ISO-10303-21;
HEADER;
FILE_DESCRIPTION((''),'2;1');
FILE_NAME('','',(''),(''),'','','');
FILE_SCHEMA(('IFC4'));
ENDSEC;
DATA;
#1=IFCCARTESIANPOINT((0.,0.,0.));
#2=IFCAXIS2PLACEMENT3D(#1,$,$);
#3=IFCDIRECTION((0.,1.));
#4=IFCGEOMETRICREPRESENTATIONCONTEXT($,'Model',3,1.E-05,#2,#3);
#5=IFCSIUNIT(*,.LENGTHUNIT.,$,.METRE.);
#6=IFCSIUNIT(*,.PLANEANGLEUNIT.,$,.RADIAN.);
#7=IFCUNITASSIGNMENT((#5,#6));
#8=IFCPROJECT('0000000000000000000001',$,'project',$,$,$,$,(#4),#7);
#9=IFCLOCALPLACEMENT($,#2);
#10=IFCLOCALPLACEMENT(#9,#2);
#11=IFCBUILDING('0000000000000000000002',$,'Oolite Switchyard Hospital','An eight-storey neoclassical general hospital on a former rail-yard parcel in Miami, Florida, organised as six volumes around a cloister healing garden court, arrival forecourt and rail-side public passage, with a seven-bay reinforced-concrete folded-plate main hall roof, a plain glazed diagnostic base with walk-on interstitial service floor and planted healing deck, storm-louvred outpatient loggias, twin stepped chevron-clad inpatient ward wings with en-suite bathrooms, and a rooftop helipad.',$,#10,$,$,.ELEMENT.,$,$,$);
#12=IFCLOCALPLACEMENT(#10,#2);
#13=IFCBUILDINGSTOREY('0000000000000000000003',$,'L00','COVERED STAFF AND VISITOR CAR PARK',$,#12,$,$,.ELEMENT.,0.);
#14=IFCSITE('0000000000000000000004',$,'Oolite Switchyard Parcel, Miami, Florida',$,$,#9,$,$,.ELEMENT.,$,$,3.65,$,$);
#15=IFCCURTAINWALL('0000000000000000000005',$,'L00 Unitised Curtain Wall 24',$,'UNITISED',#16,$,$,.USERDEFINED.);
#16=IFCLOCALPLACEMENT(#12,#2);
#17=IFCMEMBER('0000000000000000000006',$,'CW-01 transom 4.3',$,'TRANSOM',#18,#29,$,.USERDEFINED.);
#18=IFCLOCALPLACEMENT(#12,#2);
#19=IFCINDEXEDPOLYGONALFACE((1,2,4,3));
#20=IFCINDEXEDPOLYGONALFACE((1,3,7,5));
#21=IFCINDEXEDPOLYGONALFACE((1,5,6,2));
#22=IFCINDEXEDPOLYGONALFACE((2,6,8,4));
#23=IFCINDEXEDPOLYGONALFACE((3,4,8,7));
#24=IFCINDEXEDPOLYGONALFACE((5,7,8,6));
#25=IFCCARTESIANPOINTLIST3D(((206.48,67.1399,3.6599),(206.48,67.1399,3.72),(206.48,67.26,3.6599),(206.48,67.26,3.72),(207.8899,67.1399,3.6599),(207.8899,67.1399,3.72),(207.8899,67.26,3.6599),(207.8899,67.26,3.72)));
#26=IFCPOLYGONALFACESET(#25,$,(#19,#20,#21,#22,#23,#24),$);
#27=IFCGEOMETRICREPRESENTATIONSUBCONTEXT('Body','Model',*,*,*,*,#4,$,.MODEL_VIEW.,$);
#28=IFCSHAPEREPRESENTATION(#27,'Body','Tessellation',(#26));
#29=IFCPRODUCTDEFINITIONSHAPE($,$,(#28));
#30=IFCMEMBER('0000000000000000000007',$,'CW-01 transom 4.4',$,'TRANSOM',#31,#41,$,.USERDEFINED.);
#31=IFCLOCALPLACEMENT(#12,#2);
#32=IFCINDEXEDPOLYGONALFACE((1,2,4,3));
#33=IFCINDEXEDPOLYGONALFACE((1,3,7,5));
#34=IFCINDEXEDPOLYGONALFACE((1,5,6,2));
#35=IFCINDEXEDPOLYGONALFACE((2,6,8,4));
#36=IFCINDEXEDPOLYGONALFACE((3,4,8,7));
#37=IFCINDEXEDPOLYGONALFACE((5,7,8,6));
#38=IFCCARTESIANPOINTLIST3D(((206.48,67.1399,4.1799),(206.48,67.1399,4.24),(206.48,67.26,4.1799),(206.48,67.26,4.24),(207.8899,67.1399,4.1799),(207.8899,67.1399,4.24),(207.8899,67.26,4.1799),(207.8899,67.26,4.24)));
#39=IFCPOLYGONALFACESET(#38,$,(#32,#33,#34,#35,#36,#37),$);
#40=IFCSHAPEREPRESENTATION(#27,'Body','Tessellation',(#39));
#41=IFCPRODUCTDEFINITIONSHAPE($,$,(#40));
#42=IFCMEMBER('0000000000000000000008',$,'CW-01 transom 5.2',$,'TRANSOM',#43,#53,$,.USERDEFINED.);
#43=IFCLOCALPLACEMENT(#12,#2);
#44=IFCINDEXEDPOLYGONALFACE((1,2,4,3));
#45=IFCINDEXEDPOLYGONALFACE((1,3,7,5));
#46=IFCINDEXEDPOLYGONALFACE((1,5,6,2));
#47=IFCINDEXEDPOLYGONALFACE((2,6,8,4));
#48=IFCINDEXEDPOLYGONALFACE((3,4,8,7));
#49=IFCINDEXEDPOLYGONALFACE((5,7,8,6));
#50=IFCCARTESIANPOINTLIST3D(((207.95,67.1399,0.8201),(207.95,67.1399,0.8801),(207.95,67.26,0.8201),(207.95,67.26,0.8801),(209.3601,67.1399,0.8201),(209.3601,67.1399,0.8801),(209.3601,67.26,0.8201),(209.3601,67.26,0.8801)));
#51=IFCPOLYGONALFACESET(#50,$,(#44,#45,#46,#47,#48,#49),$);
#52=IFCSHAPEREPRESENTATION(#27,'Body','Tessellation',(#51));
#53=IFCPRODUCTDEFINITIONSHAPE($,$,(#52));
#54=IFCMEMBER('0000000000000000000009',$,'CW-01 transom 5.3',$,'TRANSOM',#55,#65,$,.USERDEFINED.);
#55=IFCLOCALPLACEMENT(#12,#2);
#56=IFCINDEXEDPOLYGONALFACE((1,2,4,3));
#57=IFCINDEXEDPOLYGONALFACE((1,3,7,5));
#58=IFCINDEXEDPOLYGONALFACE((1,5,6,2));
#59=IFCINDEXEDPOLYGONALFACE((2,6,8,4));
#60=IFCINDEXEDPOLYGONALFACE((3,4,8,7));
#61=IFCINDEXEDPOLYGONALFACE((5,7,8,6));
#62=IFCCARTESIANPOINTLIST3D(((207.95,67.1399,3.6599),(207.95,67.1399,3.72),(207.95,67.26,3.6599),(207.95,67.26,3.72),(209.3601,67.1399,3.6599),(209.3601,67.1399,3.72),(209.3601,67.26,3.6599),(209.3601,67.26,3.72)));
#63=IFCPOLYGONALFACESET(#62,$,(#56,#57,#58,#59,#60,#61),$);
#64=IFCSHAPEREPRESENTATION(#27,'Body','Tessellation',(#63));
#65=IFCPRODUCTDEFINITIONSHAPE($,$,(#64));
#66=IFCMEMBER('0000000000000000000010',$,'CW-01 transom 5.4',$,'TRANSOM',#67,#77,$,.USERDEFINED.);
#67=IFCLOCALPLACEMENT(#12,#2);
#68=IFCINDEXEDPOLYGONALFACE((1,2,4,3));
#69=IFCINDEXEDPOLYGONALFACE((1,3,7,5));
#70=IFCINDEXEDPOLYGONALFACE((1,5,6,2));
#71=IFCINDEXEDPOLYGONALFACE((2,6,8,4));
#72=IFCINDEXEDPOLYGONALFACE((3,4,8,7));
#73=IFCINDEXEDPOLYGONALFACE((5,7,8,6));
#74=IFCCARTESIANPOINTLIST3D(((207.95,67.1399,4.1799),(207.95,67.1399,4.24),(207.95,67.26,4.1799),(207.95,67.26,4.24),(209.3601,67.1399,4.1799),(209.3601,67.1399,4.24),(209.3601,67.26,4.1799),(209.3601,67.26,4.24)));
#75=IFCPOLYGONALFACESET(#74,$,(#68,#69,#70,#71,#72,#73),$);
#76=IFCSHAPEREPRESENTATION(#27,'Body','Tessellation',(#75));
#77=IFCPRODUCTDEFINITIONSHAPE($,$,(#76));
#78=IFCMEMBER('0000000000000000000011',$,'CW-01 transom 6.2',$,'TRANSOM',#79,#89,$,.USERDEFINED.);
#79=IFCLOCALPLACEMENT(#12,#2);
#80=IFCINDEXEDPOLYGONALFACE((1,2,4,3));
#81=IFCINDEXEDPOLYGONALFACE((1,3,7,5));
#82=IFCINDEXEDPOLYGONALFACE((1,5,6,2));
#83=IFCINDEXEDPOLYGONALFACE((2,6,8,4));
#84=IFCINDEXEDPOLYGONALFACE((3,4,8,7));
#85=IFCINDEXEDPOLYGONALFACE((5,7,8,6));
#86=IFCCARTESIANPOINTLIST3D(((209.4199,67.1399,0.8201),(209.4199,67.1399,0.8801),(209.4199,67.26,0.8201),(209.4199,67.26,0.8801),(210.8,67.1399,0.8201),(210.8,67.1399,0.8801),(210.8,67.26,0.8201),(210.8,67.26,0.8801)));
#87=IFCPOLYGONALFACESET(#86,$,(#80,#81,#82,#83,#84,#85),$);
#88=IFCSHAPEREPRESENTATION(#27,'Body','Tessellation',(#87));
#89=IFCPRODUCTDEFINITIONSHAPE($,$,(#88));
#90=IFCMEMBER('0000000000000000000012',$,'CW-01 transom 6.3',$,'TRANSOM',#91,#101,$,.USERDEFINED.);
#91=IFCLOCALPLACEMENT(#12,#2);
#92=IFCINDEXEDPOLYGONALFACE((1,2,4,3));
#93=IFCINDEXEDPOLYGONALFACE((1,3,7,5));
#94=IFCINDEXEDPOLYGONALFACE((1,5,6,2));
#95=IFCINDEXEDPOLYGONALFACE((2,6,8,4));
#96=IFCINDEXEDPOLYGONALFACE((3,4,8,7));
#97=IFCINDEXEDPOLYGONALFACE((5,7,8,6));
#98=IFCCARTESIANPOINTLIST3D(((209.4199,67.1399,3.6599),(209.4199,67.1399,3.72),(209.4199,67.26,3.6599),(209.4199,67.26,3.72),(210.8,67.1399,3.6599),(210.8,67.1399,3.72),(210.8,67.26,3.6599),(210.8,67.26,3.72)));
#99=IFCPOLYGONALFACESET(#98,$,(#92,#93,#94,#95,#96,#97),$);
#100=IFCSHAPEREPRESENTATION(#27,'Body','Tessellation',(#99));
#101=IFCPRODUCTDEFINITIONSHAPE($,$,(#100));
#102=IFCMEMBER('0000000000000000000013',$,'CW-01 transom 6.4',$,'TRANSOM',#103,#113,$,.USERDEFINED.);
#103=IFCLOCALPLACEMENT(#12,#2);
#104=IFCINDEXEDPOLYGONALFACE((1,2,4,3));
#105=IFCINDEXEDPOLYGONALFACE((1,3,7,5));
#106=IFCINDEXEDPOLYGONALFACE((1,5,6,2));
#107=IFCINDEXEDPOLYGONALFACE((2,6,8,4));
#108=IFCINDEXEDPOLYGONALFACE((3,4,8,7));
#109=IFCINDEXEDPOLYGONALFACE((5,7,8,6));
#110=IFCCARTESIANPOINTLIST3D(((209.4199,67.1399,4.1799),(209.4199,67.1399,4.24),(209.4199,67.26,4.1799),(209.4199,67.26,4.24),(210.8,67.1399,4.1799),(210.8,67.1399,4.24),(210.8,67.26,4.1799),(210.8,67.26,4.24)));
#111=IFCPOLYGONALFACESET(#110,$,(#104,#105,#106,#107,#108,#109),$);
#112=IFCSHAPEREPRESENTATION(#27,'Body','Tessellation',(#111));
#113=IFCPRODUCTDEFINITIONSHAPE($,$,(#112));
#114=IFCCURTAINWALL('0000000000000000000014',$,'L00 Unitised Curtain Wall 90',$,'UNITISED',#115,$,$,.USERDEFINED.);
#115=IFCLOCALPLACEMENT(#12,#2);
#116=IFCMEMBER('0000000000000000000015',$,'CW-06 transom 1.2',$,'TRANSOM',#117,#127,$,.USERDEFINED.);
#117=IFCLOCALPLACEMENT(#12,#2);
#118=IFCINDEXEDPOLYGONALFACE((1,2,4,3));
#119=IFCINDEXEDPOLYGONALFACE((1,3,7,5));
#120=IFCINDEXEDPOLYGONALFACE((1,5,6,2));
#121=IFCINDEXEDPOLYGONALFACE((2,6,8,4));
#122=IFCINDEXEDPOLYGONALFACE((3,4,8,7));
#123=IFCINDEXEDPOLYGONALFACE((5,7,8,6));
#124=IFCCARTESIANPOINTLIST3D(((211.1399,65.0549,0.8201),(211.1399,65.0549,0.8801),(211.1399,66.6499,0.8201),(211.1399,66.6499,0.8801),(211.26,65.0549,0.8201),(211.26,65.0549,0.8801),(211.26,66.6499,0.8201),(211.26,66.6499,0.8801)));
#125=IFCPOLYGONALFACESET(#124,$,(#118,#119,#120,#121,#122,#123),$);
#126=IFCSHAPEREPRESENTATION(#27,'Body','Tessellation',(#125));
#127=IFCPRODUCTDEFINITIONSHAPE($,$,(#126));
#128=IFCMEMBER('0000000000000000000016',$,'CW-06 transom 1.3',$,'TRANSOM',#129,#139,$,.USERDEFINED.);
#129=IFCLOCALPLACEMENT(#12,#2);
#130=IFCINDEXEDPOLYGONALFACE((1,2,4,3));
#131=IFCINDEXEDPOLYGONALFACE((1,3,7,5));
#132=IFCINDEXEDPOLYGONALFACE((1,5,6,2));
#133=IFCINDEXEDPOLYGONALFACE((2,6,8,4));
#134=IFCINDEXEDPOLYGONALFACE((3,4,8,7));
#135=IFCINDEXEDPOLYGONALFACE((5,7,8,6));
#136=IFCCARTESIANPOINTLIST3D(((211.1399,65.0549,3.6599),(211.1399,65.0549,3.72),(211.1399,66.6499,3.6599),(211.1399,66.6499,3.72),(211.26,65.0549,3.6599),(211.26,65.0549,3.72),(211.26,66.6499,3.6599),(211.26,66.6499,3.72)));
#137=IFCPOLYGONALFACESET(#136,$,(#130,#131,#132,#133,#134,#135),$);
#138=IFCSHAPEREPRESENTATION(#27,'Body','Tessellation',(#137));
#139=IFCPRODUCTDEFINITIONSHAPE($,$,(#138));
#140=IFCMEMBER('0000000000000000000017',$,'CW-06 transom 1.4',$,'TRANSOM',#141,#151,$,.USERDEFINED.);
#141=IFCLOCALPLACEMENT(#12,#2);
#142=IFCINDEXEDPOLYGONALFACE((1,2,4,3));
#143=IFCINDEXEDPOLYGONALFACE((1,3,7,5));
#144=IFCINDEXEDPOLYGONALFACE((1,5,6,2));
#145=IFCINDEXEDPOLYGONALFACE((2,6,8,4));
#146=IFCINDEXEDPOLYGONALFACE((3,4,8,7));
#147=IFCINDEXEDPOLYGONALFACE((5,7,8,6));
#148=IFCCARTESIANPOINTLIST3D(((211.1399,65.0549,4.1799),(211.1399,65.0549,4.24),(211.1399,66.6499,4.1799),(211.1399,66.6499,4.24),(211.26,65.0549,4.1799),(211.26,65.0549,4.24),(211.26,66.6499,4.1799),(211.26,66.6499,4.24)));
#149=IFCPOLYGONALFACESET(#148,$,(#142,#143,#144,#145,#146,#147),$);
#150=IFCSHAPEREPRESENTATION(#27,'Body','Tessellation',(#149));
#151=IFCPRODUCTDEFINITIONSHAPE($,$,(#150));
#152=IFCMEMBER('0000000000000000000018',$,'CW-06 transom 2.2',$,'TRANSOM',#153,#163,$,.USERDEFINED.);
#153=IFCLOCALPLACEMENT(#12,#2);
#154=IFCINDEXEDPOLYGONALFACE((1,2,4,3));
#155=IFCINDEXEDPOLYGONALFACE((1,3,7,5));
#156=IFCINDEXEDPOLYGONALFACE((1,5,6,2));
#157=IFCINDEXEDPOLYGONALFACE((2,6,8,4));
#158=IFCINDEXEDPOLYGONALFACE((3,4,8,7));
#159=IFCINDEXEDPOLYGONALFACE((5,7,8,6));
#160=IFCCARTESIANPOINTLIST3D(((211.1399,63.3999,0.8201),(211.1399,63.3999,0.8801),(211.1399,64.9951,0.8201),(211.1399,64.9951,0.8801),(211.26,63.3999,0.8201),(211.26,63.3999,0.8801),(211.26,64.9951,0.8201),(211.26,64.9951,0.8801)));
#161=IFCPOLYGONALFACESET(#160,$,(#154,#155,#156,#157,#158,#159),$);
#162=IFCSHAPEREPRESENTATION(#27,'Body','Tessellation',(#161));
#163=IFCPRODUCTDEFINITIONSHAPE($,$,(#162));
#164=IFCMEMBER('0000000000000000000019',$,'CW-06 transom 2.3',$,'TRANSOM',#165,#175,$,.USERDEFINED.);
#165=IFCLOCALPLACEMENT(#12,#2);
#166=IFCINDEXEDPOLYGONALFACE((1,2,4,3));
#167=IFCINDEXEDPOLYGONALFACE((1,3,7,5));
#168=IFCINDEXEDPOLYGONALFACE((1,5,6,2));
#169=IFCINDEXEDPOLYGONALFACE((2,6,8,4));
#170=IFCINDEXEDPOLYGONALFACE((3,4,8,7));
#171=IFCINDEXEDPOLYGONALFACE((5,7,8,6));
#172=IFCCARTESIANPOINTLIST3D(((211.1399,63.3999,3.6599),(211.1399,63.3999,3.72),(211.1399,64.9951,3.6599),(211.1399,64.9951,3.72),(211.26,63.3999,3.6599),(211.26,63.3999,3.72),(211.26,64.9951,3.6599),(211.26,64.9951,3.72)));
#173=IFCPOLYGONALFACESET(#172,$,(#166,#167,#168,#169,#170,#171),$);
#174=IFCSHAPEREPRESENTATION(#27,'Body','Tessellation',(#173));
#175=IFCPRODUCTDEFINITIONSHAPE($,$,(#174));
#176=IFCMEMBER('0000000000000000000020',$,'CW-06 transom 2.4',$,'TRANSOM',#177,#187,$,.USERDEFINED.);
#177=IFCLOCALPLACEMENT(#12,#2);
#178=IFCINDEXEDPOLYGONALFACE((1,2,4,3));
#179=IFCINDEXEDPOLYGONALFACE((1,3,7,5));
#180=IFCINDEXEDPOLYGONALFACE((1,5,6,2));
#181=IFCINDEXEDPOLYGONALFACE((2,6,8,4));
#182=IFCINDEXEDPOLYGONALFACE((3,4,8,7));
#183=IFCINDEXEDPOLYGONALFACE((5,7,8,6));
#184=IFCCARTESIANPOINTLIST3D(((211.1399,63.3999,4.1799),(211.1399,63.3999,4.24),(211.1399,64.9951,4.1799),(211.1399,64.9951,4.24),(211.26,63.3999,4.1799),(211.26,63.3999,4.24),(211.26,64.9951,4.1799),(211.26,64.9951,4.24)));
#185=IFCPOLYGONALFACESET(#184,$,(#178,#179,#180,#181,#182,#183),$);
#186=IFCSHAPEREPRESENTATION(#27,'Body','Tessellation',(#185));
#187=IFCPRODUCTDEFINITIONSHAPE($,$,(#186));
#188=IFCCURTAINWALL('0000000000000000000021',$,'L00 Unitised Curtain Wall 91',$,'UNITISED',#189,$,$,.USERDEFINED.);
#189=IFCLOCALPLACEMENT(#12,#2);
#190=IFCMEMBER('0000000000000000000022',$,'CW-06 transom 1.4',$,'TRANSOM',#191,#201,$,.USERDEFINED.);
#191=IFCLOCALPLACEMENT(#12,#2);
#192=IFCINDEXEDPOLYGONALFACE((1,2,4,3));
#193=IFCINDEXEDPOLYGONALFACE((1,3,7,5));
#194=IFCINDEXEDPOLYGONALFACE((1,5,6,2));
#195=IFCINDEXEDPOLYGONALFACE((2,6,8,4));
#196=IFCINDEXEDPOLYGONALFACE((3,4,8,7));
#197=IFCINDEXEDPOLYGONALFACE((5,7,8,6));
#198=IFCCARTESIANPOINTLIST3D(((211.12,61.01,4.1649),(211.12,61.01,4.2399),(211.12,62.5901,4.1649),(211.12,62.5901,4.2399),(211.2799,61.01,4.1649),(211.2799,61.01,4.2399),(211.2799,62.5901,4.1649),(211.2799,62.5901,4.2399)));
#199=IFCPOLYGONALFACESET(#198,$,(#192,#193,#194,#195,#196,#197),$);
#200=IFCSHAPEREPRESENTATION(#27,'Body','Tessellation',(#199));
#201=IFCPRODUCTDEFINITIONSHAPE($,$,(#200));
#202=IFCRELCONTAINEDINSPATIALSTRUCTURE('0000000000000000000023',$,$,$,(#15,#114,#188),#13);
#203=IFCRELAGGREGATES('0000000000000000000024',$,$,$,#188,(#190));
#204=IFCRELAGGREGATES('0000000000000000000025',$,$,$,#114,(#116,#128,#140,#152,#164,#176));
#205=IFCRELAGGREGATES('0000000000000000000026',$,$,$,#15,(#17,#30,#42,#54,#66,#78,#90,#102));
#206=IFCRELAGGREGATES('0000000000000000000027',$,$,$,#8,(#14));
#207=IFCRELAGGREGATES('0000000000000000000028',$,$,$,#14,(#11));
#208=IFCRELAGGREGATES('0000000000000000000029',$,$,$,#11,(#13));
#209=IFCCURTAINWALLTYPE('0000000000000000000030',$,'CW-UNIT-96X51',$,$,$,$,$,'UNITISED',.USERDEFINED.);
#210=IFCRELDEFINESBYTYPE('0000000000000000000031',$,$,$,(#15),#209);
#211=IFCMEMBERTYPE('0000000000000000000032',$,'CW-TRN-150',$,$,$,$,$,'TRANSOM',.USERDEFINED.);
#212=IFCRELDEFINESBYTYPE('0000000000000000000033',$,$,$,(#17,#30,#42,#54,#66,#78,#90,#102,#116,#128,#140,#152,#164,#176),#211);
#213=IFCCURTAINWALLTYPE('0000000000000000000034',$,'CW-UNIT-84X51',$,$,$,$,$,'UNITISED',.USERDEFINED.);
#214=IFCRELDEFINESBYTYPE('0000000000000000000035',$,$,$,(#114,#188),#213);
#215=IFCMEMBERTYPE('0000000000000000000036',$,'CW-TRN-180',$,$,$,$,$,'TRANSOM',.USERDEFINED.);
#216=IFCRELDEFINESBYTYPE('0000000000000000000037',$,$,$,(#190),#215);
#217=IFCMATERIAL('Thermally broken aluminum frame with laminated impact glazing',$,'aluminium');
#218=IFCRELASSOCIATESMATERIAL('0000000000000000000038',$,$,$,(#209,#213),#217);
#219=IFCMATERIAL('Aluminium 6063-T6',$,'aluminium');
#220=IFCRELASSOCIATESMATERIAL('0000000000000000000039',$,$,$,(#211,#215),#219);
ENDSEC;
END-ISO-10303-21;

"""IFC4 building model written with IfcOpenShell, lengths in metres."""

from ifc_helpers import new_model, si_unit, direction, frame, origin, origin_2d, place, context, subcontext, project, spatial, rectangle, extrude, material, material_profile, profile_set, type_object, element, aggregate, save


model = new_model("IFC4")

# Units and contexts
model_context = context("Model", 3, precision=1e-05, world=origin(), true_north=direction((0.0, 1.0)))
body_context = subcontext(model_context, "Body", "Model", "MODEL_VIEW")
ifc_project = project(units=[si_unit("LENGTHUNIT", "METRE"), si_unit("PLANEANGLEUNIT", "RADIAN")], contexts=[model_context])

# Site, building, storey
site_placement = place(None, origin())
site = spatial("IfcSite", under=ifc_project, at=site_placement, Name="Oolite Switchyard Parcel, Miami, Florida", CompositionType="ELEMENT", RefElevation=3.65)
building_placement = place(site_placement, origin())
building = spatial("IfcBuilding", under=site, at=building_placement, Name="Oolite Switchyard Hospital", Description="An eight-storey neoclassical general hospital on a former rail-yard parcel in Miami, Florida, organised as six volumes around a cloister healing garden court, arrival forecourt and rail-side public passage, with a seven-bay reinforced-concrete folded-plate main hall roof, a plain glazed diagnostic base with walk-on interstitial service floor and planted healing deck, storm-louvred outpatient loggias, twin stepped chevron-clad inpatient ward wings with en-suite bathrooms, and a rooftop helipad.", CompositionType="ELEMENT")
storey_placement = place(building_placement, origin())
storey = spatial("IfcBuildingStorey", under=building, at=storey_placement, Name="L00", Description="COVERED STAFF AND VISITOR CAR PARK", CompositionType="ELEMENT", Elevation=0.0)

# Curtain walls, members
ifc_material_1 = material(Name="Thermally broken aluminum frame with laminated impact glazing", Category="aluminium")
curtain_wall_type_1 = type_object("IfcCurtainWallType", Name="CW-UNIT-96X51", ElementType="UNITISED", PredefinedType="USERDEFINED", material=ifc_material_1)
curtain_wall_1_placement = place(storey_placement, origin())
curtain_wall_1 = element("IfcCurtainWall", 1, at=curtain_wall_1_placement, inside=storey, type_object=curtain_wall_type_1, Name="L00 Unitised Curtain Wall 24", ObjectType="UNITISED", PredefinedType="USERDEFINED")
ifc_material_2 = material(Name="Aluminium 6063-T6", Category="aluminium")
ifc_material_profile_1 = material_profile(ifc_material_2, rectangle(XDim=0.1201, YDim=0.0601, at=origin_2d()), Name="CWT60X120")
ifc_profile_set_1 = profile_set([ifc_material_profile_1], Name="Aluminium 6063-T6")
member_type_1 = type_object("IfcMemberType", Name="CW-TRN-150", ElementType="TRANSOM", PredefinedType="USERDEFINED", material=ifc_profile_set_1)
member_1_placement = place(storey_placement, frame((206.48, 67.2, 3.6899), z_axis=(1.0, 0.0, 0.0), x_axis=(0.0, 1.0, 0.0)))
member_1 = element("IfcMember", 2, at=member_1_placement, type_object=member_type_1, Name="CW-01 transom 4.3", ObjectType="TRANSOM", PredefinedType="USERDEFINED", context=body_context, shape_type="SweptSolid", body=[
    extrude(rectangle(XDim=0.1201, YDim=0.0601, at=origin_2d()), origin(), (0.0, 0.0, 1.0), 1.4099),
])
member_2_placement = place(storey_placement, frame((206.48, 67.2, 4.21), z_axis=(1.0, 0.0, 0.0), x_axis=(0.0, 1.0, 0.0)))
member_2 = element("IfcMember", 3, at=member_2_placement, type_object=member_type_1, Name="CW-01 transom 4.4", ObjectType="TRANSOM", PredefinedType="USERDEFINED", context=body_context, shape_type="SweptSolid", body=[
    extrude(rectangle(XDim=0.1201, YDim=0.0601, at=origin_2d()), origin(), (0.0, 0.0, 1.0), 1.4099),
])
member_3_placement = place(storey_placement, frame((207.95, 67.2, 0.8501), z_axis=(1.0, 0.0, 0.0), x_axis=(0.0, 1.0, 0.0)))
member_3 = element("IfcMember", 4, at=member_3_placement, type_object=member_type_1, Name="CW-01 transom 5.2", ObjectType="TRANSOM", PredefinedType="USERDEFINED", context=body_context, shape_type="SweptSolid", body=[
    extrude(rectangle(XDim=0.1201, YDim=0.0601, at=origin_2d()), origin(), (0.0, 0.0, 1.0), 1.4102),
])
member_4_placement = place(storey_placement, frame((207.95, 67.2, 3.6899), z_axis=(1.0, 0.0, 0.0), x_axis=(0.0, 1.0, 0.0)))
member_4 = element("IfcMember", 5, at=member_4_placement, type_object=member_type_1, Name="CW-01 transom 5.3", ObjectType="TRANSOM", PredefinedType="USERDEFINED", context=body_context, shape_type="SweptSolid", body=[
    extrude(rectangle(XDim=0.1201, YDim=0.0601, at=origin_2d()), origin(), (0.0, 0.0, 1.0), 1.4102),
])
member_5_placement = place(storey_placement, frame((207.95, 67.2, 4.21), z_axis=(1.0, 0.0, 0.0), x_axis=(0.0, 1.0, 0.0)))
member_5 = element("IfcMember", 6, at=member_5_placement, type_object=member_type_1, Name="CW-01 transom 5.4", ObjectType="TRANSOM", PredefinedType="USERDEFINED", context=body_context, shape_type="SweptSolid", body=[
    extrude(rectangle(XDim=0.1201, YDim=0.0601, at=origin_2d()), origin(), (0.0, 0.0, 1.0), 1.4102),
])
member_6_placement = place(storey_placement, frame((209.4199, 67.2, 0.8501), z_axis=(1.0, 0.0, 0.0), x_axis=(0.0, 1.0, 0.0)))
member_6 = element("IfcMember", 7, at=member_6_placement, type_object=member_type_1, Name="CW-01 transom 6.2", ObjectType="TRANSOM", PredefinedType="USERDEFINED", context=body_context, shape_type="SweptSolid", body=[
    extrude(rectangle(XDim=0.1201, YDim=0.0601, at=origin_2d()), origin(), (0.0, 0.0, 1.0), 1.3801),
])
member_7_placement = place(storey_placement, frame((209.4199, 67.2, 3.6899), z_axis=(1.0, 0.0, 0.0), x_axis=(0.0, 1.0, 0.0)))
member_7 = element("IfcMember", 8, at=member_7_placement, type_object=member_type_1, Name="CW-01 transom 6.3", ObjectType="TRANSOM", PredefinedType="USERDEFINED", context=body_context, shape_type="SweptSolid", body=[
    extrude(rectangle(XDim=0.1201, YDim=0.0601, at=origin_2d()), origin(), (0.0, 0.0, 1.0), 1.3801),
])
member_8_placement = place(storey_placement, frame((209.4199, 67.2, 4.21), z_axis=(1.0, 0.0, 0.0), x_axis=(0.0, 1.0, 0.0)))
member_8 = element("IfcMember", 9, at=member_8_placement, type_object=member_type_1, Name="CW-01 transom 6.4", ObjectType="TRANSOM", PredefinedType="USERDEFINED", context=body_context, shape_type="SweptSolid", body=[
    extrude(rectangle(XDim=0.1201, YDim=0.0601, at=origin_2d()), origin(), (0.0, 0.0, 1.0), 1.3801),
])
curtain_wall_type_2 = type_object("IfcCurtainWallType", Name="CW-UNIT-84X51", ElementType="UNITISED", PredefinedType="USERDEFINED", material=ifc_material_1)
curtain_wall_2_placement = place(storey_placement, origin())
curtain_wall_2 = element("IfcCurtainWall", 10, at=curtain_wall_2_placement, inside=storey, type_object=curtain_wall_type_2, Name="L00 Unitised Curtain Wall 90", ObjectType="UNITISED", PredefinedType="USERDEFINED")
member_9_placement = place(storey_placement, frame((211.2, 66.6499, 0.8501), z_axis=(0.0, -1.0, 0.0), x_axis=(1.0, 0.0, 0.0)))
member_9 = element("IfcMember", 11, at=member_9_placement, type_object=member_type_1, Name="CW-06 transom 1.2", ObjectType="TRANSOM", PredefinedType="USERDEFINED", context=body_context, shape_type="SweptSolid", body=[
    extrude(rectangle(XDim=0.1201, YDim=0.0601, at=origin_2d()), origin(), (0.0, 0.0, 1.0), 1.595),
])
member_10_placement = place(storey_placement, frame((211.2, 66.6499, 3.6899), z_axis=(0.0, -1.0, 0.0), x_axis=(1.0, 0.0, 0.0)))
member_10 = element("IfcMember", 12, at=member_10_placement, type_object=member_type_1, Name="CW-06 transom 1.3", ObjectType="TRANSOM", PredefinedType="USERDEFINED", context=body_context, shape_type="SweptSolid", body=[
    extrude(rectangle(XDim=0.1201, YDim=0.0601, at=origin_2d()), origin(), (0.0, 0.0, 1.0), 1.595),
])
member_11_placement = place(storey_placement, frame((211.2, 66.6499, 4.21), z_axis=(0.0, -1.0, 0.0), x_axis=(1.0, 0.0, 0.0)))
member_11 = element("IfcMember", 13, at=member_11_placement, type_object=member_type_1, Name="CW-06 transom 1.4", ObjectType="TRANSOM", PredefinedType="USERDEFINED", context=body_context, shape_type="SweptSolid", body=[
    extrude(rectangle(XDim=0.1201, YDim=0.0601, at=origin_2d()), origin(), (0.0, 0.0, 1.0), 1.595),
])
member_12_placement = place(storey_placement, frame((211.2, 64.9951, 0.8501), z_axis=(0.0, -1.0, 0.0), x_axis=(1.0, 0.0, 0.0)))
member_12 = element("IfcMember", 14, at=member_12_placement, type_object=member_type_1, Name="CW-06 transom 2.2", ObjectType="TRANSOM", PredefinedType="USERDEFINED", context=body_context, shape_type="SweptSolid", body=[
    extrude(rectangle(XDim=0.1201, YDim=0.0601, at=origin_2d()), origin(), (0.0, 0.0, 1.0), 1.5952),
])
member_13_placement = place(storey_placement, frame((211.2, 64.9951, 3.6899), z_axis=(0.0, -1.0, 0.0), x_axis=(1.0, 0.0, 0.0)))
member_13 = element("IfcMember", 15, at=member_13_placement, type_object=member_type_1, Name="CW-06 transom 2.3", ObjectType="TRANSOM", PredefinedType="USERDEFINED", context=body_context, shape_type="SweptSolid", body=[
    extrude(rectangle(XDim=0.1201, YDim=0.0601, at=origin_2d()), origin(), (0.0, 0.0, 1.0), 1.5952),
])
member_14_placement = place(storey_placement, frame((211.2, 64.9951, 4.21), z_axis=(0.0, -1.0, 0.0), x_axis=(1.0, 0.0, 0.0)))
member_14 = element("IfcMember", 16, at=member_14_placement, type_object=member_type_1, Name="CW-06 transom 2.4", ObjectType="TRANSOM", PredefinedType="USERDEFINED", context=body_context, shape_type="SweptSolid", body=[
    extrude(rectangle(XDim=0.1201, YDim=0.0601, at=origin_2d()), origin(), (0.0, 0.0, 1.0), 1.5952),
])

# Curtain wall, member
curtain_wall_3_placement = place(storey_placement, origin())
curtain_wall_3 = element("IfcCurtainWall", 17, at=curtain_wall_3_placement, inside=storey, type_object=curtain_wall_type_2, Name="L00 Unitised Curtain Wall 91", ObjectType="UNITISED", PredefinedType="USERDEFINED")
ifc_material_profile_2 = material_profile(ifc_material_2, rectangle(XDim=0.1599, YDim=0.075, at=origin_2d()), Name="CWT75X160")
ifc_profile_set_2 = profile_set([ifc_material_profile_2], Name="Aluminium 6063-T6")
member_type_2 = type_object("IfcMemberType", Name="CW-TRN-180", ElementType="TRANSOM", PredefinedType="USERDEFINED", material=ifc_profile_set_2)
member_15_placement = place(storey_placement, frame((211.2, 62.5901, 4.2024), z_axis=(0.0, -1.0, 0.0), x_axis=(1.0, 0.0, 0.0)))
member_15 = element("IfcMember", 18, at=member_15_placement, type_object=member_type_2, Name="CW-06 transom 1.4", ObjectType="TRANSOM", PredefinedType="USERDEFINED", context=body_context, shape_type="SweptSolid", body=[
    extrude(rectangle(XDim=0.1599, YDim=0.075, at=origin_2d()), origin(), (0.0, 0.0, 1.0), 1.5801),
])
aggregate(curtain_wall_3, [member_15])

aggregate(curtain_wall_2, [member_9, member_10, member_11, member_12, member_13, member_14])
aggregate(curtain_wall_1, [member_1, member_2, member_3, member_4, member_5, member_6, member_7, member_8])

save(model, "model.ifc")
